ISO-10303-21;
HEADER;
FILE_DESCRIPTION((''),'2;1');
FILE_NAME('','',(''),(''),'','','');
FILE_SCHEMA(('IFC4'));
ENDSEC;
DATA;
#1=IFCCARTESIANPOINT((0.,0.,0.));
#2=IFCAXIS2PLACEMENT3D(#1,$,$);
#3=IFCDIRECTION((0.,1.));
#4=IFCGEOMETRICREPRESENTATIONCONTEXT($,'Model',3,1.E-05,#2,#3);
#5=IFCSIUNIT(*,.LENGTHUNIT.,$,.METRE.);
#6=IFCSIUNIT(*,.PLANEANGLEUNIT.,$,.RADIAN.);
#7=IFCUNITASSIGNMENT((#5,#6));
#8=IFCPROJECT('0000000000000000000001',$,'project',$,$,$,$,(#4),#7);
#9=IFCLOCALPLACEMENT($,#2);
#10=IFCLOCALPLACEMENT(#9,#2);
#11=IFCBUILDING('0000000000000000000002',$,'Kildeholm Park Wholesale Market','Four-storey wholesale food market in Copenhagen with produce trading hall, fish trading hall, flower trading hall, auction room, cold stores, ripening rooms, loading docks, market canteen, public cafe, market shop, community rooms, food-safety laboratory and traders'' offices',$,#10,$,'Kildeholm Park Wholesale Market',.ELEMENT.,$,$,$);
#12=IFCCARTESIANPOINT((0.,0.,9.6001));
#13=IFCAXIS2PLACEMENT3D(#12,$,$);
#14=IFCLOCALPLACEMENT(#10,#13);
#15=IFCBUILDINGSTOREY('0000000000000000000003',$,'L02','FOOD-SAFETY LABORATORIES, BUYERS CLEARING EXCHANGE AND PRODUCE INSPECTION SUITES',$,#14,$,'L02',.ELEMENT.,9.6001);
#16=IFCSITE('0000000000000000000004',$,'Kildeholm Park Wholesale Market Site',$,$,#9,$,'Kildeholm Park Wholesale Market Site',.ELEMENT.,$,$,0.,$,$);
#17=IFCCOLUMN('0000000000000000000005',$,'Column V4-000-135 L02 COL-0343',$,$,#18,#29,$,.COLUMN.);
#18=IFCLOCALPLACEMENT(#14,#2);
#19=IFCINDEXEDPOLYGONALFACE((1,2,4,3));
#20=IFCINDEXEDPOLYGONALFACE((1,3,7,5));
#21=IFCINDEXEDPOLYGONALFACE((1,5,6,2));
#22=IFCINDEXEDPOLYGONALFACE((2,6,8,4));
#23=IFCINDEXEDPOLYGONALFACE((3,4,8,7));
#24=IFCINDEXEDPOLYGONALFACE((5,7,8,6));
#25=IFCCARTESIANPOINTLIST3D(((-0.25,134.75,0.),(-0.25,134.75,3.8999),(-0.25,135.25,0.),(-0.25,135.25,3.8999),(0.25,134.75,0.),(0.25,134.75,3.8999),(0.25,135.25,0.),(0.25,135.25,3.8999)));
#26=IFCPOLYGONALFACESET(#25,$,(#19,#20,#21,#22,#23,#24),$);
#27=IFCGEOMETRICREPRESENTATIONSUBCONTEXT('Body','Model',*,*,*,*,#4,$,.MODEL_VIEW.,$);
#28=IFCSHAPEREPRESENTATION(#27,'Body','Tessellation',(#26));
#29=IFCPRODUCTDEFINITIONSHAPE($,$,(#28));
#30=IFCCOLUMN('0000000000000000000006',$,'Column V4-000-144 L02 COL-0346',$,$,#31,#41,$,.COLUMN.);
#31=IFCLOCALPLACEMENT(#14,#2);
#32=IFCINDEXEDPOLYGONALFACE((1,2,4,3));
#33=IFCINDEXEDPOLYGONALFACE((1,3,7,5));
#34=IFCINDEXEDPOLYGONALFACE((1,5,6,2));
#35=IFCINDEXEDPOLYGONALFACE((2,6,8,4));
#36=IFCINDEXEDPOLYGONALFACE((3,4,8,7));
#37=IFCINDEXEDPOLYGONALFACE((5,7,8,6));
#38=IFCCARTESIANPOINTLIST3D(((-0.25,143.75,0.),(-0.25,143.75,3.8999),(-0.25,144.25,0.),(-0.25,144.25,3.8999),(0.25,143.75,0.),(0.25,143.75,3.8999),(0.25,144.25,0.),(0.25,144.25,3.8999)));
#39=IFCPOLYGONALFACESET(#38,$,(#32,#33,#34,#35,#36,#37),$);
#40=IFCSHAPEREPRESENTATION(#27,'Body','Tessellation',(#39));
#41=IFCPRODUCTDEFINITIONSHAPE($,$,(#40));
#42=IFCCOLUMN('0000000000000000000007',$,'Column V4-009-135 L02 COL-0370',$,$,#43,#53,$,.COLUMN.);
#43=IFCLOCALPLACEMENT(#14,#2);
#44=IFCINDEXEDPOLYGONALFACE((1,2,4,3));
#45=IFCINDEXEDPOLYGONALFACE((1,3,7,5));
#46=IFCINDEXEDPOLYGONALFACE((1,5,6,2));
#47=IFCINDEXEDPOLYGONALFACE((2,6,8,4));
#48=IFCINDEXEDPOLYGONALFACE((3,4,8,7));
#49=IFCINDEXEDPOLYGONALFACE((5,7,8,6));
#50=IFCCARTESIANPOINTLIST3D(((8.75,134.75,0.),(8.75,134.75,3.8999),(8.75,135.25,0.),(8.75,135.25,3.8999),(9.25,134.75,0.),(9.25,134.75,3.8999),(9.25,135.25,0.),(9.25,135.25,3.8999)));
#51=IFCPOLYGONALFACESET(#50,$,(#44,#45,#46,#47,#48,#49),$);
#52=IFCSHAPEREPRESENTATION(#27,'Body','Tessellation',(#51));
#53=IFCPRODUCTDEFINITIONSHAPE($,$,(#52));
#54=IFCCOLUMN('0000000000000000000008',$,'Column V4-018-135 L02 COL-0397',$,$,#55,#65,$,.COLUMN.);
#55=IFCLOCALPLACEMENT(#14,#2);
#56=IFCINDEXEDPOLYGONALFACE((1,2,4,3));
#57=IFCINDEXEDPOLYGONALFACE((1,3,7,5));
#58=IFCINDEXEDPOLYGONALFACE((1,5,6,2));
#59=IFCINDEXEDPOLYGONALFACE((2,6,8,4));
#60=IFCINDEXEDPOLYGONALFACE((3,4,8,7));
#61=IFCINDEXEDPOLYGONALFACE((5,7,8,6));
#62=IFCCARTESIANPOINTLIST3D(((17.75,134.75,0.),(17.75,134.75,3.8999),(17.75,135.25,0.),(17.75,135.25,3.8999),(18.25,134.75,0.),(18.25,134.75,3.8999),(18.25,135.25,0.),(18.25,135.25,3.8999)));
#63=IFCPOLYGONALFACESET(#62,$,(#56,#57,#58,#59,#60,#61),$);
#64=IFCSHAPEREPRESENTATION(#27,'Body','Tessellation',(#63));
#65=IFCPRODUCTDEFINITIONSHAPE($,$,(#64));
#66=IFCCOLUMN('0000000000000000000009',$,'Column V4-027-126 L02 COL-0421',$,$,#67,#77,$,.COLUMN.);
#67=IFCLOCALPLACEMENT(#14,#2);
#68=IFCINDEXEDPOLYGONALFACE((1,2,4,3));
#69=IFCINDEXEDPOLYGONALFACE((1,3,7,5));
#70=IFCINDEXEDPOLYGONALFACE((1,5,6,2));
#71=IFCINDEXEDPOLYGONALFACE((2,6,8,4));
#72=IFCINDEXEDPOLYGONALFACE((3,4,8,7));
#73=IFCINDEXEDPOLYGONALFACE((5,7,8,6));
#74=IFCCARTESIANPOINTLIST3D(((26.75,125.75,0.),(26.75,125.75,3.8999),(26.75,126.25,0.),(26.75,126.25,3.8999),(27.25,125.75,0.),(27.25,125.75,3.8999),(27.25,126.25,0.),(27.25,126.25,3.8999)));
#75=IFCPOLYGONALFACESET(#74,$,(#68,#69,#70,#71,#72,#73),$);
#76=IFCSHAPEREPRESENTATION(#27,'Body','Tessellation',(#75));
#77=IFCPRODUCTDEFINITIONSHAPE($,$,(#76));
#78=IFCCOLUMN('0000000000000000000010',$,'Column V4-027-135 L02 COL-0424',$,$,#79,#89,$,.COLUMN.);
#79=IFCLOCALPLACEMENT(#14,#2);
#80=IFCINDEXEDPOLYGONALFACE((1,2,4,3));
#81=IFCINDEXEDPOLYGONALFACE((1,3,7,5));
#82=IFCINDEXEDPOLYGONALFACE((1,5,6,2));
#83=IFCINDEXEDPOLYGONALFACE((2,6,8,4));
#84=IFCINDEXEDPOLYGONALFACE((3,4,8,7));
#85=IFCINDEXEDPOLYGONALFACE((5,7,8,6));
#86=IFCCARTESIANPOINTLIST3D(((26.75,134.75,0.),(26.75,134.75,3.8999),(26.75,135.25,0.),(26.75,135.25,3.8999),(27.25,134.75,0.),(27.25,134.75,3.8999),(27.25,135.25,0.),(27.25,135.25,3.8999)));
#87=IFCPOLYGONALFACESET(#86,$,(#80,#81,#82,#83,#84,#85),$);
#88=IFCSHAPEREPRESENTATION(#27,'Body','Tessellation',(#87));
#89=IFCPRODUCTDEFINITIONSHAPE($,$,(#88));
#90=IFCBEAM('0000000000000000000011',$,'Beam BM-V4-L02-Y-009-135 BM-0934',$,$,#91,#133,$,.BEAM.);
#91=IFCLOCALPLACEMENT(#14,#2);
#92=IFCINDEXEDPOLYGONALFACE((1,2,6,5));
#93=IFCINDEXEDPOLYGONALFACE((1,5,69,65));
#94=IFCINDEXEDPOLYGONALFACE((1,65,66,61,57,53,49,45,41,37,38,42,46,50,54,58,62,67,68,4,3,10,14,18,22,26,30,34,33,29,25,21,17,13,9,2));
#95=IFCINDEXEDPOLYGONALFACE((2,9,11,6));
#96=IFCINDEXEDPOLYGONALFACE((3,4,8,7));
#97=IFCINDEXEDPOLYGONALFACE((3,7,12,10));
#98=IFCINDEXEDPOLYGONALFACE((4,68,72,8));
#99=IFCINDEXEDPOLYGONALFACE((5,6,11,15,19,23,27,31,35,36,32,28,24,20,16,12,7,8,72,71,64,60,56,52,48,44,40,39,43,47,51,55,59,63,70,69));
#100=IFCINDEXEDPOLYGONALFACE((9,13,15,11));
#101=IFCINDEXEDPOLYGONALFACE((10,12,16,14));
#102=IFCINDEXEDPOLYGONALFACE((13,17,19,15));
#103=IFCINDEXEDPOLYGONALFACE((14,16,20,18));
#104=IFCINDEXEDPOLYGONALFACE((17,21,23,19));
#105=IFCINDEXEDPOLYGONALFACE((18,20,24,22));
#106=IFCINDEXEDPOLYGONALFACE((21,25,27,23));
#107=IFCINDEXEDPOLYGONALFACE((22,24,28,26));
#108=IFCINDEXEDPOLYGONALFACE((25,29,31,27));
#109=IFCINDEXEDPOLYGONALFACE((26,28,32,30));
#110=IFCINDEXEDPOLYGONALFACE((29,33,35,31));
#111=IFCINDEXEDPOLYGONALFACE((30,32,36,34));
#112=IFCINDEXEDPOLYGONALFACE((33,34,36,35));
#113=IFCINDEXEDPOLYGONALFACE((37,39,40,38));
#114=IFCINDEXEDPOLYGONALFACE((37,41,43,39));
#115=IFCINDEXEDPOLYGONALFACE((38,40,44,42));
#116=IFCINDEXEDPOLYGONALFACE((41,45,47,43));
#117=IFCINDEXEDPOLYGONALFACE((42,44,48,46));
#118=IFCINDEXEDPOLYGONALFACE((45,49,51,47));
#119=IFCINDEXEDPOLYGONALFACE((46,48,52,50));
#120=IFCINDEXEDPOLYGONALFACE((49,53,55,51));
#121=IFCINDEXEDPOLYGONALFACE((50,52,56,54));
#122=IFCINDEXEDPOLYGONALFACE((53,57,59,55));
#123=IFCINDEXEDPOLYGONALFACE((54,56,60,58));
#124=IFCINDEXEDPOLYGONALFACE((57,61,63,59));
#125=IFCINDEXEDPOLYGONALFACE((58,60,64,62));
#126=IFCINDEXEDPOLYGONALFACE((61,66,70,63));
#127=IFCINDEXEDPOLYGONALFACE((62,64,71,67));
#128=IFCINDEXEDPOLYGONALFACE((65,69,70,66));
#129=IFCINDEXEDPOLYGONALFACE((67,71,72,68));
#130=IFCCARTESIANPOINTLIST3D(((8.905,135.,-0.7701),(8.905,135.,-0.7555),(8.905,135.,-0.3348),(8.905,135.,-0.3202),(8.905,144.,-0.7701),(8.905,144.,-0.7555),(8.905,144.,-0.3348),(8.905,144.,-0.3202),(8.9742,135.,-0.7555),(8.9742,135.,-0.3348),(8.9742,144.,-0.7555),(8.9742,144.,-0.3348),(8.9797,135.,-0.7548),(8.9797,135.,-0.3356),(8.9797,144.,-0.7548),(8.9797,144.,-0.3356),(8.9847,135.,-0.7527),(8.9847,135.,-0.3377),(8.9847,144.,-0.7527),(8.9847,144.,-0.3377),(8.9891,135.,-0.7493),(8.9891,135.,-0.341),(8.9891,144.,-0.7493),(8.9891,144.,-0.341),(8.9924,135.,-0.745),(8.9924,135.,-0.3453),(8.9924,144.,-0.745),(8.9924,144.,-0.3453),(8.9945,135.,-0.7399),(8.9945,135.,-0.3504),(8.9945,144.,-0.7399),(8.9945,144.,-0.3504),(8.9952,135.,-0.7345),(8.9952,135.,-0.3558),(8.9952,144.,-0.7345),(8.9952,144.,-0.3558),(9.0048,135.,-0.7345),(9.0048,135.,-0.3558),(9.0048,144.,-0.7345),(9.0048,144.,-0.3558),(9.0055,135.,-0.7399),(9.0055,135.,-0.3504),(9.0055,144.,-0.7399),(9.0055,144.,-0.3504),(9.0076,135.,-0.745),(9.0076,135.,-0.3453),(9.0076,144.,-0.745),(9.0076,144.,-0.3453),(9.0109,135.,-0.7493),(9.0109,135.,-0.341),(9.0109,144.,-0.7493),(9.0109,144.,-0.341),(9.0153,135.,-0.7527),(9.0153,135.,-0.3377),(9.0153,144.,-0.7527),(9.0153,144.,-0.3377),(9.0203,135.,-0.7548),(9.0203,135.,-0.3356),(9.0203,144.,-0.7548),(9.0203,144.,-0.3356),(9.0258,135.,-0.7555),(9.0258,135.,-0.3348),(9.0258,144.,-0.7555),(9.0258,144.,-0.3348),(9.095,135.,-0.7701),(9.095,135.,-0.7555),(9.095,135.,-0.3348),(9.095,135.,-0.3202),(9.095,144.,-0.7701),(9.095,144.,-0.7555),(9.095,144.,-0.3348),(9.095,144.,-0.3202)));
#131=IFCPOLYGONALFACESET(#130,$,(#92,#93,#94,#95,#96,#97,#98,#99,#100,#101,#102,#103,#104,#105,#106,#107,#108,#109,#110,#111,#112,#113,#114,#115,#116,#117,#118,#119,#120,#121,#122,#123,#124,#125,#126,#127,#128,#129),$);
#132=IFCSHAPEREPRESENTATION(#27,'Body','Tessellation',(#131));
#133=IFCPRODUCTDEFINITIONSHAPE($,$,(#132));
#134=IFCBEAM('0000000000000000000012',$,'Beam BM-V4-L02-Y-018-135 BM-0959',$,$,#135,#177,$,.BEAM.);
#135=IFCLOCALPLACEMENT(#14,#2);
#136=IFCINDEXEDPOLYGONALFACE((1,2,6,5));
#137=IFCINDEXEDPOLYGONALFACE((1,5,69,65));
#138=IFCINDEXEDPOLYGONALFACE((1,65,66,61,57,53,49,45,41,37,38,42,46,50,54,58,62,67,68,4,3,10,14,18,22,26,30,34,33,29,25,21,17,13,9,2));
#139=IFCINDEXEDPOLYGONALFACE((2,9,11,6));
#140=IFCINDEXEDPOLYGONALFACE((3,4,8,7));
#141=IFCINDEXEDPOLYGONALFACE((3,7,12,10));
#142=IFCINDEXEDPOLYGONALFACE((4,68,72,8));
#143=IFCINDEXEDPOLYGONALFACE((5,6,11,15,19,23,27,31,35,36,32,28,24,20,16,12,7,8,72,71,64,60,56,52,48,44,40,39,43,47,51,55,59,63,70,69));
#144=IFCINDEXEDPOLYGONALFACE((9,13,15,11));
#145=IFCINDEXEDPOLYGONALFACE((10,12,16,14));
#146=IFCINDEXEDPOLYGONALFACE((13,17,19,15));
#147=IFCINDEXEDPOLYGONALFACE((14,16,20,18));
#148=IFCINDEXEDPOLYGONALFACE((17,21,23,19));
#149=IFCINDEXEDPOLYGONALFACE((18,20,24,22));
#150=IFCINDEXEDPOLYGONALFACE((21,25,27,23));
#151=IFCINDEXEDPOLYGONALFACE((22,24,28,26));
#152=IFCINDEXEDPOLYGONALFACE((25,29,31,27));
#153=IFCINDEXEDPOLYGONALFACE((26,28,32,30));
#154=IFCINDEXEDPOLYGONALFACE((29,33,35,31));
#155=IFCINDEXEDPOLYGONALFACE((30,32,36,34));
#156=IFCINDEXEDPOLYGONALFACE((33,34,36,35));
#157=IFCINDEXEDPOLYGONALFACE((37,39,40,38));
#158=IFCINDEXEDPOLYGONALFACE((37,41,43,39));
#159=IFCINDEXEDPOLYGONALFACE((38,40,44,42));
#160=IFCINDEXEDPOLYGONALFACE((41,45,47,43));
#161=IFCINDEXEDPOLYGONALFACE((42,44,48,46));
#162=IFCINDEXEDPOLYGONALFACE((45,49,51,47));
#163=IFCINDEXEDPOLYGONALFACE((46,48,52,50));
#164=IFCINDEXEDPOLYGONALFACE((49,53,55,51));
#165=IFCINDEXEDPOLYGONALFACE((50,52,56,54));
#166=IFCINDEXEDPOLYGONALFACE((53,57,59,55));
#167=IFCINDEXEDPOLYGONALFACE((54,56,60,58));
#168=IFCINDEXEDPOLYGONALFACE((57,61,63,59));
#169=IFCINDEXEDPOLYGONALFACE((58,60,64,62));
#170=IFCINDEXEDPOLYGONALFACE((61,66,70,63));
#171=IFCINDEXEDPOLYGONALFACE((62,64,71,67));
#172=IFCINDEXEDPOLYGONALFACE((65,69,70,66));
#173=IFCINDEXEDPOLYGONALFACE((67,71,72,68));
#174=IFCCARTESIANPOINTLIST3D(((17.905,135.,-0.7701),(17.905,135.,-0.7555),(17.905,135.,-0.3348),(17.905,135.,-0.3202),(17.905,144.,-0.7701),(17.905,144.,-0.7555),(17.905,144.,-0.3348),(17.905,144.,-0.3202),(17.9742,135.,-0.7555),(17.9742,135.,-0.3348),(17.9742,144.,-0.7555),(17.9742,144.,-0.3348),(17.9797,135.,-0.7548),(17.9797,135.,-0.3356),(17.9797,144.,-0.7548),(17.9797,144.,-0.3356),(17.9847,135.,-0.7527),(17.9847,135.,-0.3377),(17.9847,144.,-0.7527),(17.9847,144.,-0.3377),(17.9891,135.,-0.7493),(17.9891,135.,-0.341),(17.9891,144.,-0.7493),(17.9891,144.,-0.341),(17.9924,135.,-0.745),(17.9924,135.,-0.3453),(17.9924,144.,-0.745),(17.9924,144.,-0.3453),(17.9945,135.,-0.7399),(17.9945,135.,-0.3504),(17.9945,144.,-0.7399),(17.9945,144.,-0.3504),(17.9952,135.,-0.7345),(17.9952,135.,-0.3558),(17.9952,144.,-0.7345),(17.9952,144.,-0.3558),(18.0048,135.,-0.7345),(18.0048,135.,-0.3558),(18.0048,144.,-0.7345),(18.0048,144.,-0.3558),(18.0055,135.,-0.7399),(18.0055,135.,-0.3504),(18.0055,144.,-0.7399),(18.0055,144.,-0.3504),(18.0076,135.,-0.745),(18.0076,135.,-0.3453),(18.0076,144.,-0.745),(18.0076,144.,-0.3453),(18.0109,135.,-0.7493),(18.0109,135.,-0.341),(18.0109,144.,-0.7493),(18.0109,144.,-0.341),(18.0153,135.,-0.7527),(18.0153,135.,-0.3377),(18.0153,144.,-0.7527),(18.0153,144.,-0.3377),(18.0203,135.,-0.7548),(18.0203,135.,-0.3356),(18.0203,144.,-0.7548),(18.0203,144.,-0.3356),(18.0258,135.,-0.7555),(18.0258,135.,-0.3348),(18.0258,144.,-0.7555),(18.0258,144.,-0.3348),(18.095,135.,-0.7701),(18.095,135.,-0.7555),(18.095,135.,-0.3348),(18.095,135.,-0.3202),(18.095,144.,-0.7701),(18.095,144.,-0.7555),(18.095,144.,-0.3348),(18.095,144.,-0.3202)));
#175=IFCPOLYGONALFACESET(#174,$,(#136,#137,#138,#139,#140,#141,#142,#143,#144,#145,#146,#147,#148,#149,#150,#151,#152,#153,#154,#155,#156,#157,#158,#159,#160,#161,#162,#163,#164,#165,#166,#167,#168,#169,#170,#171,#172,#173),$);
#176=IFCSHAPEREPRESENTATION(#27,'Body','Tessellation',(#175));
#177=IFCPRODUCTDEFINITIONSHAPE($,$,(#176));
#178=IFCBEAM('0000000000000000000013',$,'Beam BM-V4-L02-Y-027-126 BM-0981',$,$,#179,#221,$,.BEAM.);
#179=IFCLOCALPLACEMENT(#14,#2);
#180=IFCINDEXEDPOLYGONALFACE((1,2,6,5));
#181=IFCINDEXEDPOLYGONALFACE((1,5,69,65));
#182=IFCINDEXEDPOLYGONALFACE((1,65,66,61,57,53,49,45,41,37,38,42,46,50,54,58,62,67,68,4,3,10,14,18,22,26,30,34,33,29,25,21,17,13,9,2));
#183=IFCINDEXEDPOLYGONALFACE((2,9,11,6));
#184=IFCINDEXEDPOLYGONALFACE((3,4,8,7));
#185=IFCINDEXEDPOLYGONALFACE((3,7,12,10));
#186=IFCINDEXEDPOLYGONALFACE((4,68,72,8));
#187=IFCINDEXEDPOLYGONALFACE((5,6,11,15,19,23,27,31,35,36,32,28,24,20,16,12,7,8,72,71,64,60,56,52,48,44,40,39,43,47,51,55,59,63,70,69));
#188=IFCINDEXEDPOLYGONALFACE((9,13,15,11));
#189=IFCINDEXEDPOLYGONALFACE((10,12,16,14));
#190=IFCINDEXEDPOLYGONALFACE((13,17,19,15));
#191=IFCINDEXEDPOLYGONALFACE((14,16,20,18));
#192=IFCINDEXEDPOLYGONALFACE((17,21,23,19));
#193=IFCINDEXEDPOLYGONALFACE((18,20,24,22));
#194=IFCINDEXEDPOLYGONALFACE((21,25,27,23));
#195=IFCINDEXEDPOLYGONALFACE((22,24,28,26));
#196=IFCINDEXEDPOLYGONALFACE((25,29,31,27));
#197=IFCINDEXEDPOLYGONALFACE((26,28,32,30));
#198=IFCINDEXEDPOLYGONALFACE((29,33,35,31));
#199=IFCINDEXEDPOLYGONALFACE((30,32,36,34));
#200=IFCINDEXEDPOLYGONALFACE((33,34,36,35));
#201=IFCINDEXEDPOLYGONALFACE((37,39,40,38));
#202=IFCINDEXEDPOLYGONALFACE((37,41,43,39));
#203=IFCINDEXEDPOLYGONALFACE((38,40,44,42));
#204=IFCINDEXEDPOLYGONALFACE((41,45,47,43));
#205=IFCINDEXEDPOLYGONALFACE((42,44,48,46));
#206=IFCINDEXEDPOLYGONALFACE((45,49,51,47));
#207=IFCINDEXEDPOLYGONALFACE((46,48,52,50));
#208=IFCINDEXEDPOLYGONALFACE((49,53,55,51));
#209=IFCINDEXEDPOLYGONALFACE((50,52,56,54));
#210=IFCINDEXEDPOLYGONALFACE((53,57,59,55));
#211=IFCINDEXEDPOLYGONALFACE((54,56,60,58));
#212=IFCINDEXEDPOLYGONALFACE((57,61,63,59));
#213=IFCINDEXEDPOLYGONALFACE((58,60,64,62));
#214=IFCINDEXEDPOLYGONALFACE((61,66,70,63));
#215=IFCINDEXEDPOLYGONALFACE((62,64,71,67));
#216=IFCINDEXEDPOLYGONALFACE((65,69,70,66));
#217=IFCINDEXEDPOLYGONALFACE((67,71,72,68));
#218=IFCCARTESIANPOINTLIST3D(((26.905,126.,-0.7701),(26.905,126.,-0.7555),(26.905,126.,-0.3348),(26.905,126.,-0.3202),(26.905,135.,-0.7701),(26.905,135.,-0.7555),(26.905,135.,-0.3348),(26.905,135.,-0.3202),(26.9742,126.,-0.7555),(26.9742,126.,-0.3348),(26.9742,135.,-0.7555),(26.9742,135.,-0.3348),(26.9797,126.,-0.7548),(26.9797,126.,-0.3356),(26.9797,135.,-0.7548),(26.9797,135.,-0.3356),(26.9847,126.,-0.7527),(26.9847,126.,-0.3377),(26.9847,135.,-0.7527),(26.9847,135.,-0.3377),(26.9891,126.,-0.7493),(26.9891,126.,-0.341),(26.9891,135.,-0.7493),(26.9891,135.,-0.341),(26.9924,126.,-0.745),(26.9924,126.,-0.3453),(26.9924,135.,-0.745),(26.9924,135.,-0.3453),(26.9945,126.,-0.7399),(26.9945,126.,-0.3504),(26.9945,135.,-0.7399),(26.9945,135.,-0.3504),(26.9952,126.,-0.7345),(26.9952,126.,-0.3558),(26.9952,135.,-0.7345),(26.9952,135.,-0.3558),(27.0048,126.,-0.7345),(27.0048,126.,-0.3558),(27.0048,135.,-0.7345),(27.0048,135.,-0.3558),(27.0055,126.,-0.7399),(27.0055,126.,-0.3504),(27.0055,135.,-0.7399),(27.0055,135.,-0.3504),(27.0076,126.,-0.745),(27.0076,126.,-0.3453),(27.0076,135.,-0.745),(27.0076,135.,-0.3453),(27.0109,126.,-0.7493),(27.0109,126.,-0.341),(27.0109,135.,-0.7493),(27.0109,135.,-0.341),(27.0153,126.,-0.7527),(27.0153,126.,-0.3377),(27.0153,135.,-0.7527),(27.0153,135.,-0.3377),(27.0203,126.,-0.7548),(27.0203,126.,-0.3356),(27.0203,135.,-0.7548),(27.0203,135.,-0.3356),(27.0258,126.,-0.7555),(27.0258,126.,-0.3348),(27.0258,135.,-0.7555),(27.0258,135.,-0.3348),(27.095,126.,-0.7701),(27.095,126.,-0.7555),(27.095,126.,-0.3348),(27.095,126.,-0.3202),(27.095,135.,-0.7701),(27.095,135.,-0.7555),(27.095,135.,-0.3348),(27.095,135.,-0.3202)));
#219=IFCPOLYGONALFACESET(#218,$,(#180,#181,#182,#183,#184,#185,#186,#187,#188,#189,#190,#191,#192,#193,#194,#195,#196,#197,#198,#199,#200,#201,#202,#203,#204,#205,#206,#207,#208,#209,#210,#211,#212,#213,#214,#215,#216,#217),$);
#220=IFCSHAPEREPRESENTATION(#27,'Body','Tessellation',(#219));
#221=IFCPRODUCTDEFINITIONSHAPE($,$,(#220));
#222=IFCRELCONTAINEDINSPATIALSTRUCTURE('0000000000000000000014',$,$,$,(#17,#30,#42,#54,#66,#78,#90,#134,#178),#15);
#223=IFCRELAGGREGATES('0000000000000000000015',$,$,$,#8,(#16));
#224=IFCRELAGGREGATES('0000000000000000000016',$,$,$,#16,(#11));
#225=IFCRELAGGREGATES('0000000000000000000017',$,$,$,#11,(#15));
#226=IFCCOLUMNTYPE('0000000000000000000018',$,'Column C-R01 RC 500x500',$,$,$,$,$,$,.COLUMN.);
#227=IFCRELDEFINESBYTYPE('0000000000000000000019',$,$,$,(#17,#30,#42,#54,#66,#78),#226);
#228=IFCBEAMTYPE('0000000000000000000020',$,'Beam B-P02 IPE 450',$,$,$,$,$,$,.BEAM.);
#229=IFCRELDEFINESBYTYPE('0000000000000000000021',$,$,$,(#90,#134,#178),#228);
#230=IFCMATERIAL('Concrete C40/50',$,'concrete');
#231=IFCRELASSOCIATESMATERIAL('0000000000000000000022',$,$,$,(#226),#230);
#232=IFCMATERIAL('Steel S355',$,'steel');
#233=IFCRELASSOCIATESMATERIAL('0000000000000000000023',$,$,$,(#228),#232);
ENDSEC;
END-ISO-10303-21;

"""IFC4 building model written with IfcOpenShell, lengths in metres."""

from ifc_helpers import new_model, si_unit, direction, frame, origin, origin_2d, place, context, subcontext, project, spatial, rectangle, i_section, extrude, material, material_profile, profile_set, type_object, element, save


model = new_model("IFC4")

# Units and contexts
model_context = context("Model", 3, precision=1e-05, world=origin(), true_north=direction((0.0, 1.0)))
body_context = subcontext(model_context, "Body", "Model", "MODEL_VIEW")
ifc_project = project(units=[si_unit("LENGTHUNIT", "METRE"), si_unit("PLANEANGLEUNIT", "RADIAN")], contexts=[model_context])

# Site, building, storey
site_placement = place(None, origin())
site = spatial("IfcSite", under=ifc_project, at=site_placement, Name="Kildeholm Park Wholesale Market Site", LongName="Kildeholm Park Wholesale Market Site", CompositionType="ELEMENT", RefElevation=0.0)
building_placement = place(site_placement, origin())
building = spatial("IfcBuilding", under=site, at=building_placement, Name="Kildeholm Park Wholesale Market", Description="Four-storey wholesale food market in Copenhagen with produce trading hall, fish trading hall, flower trading hall, auction room, cold stores, ripening rooms, loading docks, market canteen, public cafe, market shop, community rooms, food-safety laboratory and traders' offices", LongName="Kildeholm Park Wholesale Market", CompositionType="ELEMENT")
storey_placement = place(building_placement, frame((0.0, 0.0, 9.6001)))
storey = spatial("IfcBuildingStorey", under=building, at=storey_placement, Name="L02", Description="FOOD-SAFETY LABORATORIES, BUYERS CLEARING EXCHANGE AND PRODUCE INSPECTION SUITES", LongName="L02", CompositionType="ELEMENT", Elevation=9.6001)

# Columns
ifc_material_1 = material(Name="Concrete C40/50", Category="concrete")
ifc_material_profile_1 = material_profile(ifc_material_1, rectangle(XDim=0.5, YDim=0.5, at=origin_2d()), Name="RC 500x500")
ifc_profile_set_1 = profile_set([ifc_material_profile_1], Name="Concrete C40/50")
column_type = type_object("IfcColumnType", Name="Column C-R01 RC 500x500", PredefinedType="COLUMN", material=ifc_profile_set_1)
for number, where, z_axis, x_axis, name in (
    (1, (0.0, 135.0, 0.0), (0.0, 0.0, 1.0), (1.0, 0.0, 0.0), "Column V4-000-135 L02 COL-0343"),
    (2, (0.0, 144.0, 0.0), (0.0, 0.0, 1.0), (1.0, 0.0, 0.0), "Column V4-000-144 L02 COL-0346"),
    (3, (9.0, 135.0, 0.0), (0.0, 0.0, 1.0), (1.0, 0.0, 0.0), "Column V4-009-135 L02 COL-0370"),
    (4, (18.0, 135.0, 0.0), (0.0, 0.0, 1.0), (1.0, 0.0, 0.0), "Column V4-018-135 L02 COL-0397"),
    (5, (27.0, 126.0, 0.0), (0.0, 0.0, 1.0), (1.0, 0.0, 0.0), "Column V4-027-126 L02 COL-0421"),
    (6, (27.0, 135.0, 0.0), (0.0, 0.0, 1.0), (1.0, 0.0, 0.0), "Column V4-027-135 L02 COL-0424"),
):
    element("IfcColumn", number, at=place(storey_placement, frame(where, z_axis=z_axis, x_axis=x_axis)), inside=storey, type_object=column_type, Name=name, PredefinedType="COLUMN", context=body_context, shape_type="SweptSolid", body=[
        extrude(rectangle(XDim=0.5, YDim=0.5, at=origin_2d()), origin(), (0.0, 0.0, 1.0), 3.8999),
    ])

# Beams
ifc_material_2 = material(Name="Steel S355", Category="steel")
ifc_material_profile_2 = material_profile(ifc_material_2, i_section(OverallWidth=0.1899, OverallDepth=0.45, WebThickness=0.0095, FlangeThickness=0.0146, FilletRadius=0.021, at=origin_2d()), Name="IPE 450")
ifc_profile_set_2 = profile_set([ifc_material_profile_2], Name="Steel S355")
beam_type_1 = type_object("IfcBeamType", Name="Beam B-P02 IPE 450", PredefinedType="BEAM", material=ifc_profile_set_2)
for number, where, z_axis, x_axis, name in (
    (7, (9.0, 135.0, -0.5452), (0.0, 1.0, 0.0), (-1.0, 0.0, 0.0), "Beam BM-V4-L02-Y-009-135 BM-0934"),
    (8, (18.0, 135.0, -0.5452), (0.0, 1.0, 0.0), (-1.0, 0.0, 0.0), "Beam BM-V4-L02-Y-018-135 BM-0959"),
    (9, (27.0, 126.0, -0.5452), (0.0, 1.0, 0.0), (-1.0, 0.0, 0.0), "Beam BM-V4-L02-Y-027-126 BM-0981"),
):
    element("IfcBeam", number, at=place(storey_placement, frame(where, z_axis=z_axis, x_axis=x_axis)), inside=storey, type_object=beam_type_1, Name=name, PredefinedType="BEAM", context=body_context, shape_type="SweptSolid", body=[
        extrude(i_section(OverallWidth=0.1899, OverallDepth=0.45, WebThickness=0.0095, FlangeThickness=0.0146, FilletRadius=0.021, at=origin_2d()), origin(), (0.0, 0.0, 1.0), 9.0),
    ])

save(model, "model.ifc")
